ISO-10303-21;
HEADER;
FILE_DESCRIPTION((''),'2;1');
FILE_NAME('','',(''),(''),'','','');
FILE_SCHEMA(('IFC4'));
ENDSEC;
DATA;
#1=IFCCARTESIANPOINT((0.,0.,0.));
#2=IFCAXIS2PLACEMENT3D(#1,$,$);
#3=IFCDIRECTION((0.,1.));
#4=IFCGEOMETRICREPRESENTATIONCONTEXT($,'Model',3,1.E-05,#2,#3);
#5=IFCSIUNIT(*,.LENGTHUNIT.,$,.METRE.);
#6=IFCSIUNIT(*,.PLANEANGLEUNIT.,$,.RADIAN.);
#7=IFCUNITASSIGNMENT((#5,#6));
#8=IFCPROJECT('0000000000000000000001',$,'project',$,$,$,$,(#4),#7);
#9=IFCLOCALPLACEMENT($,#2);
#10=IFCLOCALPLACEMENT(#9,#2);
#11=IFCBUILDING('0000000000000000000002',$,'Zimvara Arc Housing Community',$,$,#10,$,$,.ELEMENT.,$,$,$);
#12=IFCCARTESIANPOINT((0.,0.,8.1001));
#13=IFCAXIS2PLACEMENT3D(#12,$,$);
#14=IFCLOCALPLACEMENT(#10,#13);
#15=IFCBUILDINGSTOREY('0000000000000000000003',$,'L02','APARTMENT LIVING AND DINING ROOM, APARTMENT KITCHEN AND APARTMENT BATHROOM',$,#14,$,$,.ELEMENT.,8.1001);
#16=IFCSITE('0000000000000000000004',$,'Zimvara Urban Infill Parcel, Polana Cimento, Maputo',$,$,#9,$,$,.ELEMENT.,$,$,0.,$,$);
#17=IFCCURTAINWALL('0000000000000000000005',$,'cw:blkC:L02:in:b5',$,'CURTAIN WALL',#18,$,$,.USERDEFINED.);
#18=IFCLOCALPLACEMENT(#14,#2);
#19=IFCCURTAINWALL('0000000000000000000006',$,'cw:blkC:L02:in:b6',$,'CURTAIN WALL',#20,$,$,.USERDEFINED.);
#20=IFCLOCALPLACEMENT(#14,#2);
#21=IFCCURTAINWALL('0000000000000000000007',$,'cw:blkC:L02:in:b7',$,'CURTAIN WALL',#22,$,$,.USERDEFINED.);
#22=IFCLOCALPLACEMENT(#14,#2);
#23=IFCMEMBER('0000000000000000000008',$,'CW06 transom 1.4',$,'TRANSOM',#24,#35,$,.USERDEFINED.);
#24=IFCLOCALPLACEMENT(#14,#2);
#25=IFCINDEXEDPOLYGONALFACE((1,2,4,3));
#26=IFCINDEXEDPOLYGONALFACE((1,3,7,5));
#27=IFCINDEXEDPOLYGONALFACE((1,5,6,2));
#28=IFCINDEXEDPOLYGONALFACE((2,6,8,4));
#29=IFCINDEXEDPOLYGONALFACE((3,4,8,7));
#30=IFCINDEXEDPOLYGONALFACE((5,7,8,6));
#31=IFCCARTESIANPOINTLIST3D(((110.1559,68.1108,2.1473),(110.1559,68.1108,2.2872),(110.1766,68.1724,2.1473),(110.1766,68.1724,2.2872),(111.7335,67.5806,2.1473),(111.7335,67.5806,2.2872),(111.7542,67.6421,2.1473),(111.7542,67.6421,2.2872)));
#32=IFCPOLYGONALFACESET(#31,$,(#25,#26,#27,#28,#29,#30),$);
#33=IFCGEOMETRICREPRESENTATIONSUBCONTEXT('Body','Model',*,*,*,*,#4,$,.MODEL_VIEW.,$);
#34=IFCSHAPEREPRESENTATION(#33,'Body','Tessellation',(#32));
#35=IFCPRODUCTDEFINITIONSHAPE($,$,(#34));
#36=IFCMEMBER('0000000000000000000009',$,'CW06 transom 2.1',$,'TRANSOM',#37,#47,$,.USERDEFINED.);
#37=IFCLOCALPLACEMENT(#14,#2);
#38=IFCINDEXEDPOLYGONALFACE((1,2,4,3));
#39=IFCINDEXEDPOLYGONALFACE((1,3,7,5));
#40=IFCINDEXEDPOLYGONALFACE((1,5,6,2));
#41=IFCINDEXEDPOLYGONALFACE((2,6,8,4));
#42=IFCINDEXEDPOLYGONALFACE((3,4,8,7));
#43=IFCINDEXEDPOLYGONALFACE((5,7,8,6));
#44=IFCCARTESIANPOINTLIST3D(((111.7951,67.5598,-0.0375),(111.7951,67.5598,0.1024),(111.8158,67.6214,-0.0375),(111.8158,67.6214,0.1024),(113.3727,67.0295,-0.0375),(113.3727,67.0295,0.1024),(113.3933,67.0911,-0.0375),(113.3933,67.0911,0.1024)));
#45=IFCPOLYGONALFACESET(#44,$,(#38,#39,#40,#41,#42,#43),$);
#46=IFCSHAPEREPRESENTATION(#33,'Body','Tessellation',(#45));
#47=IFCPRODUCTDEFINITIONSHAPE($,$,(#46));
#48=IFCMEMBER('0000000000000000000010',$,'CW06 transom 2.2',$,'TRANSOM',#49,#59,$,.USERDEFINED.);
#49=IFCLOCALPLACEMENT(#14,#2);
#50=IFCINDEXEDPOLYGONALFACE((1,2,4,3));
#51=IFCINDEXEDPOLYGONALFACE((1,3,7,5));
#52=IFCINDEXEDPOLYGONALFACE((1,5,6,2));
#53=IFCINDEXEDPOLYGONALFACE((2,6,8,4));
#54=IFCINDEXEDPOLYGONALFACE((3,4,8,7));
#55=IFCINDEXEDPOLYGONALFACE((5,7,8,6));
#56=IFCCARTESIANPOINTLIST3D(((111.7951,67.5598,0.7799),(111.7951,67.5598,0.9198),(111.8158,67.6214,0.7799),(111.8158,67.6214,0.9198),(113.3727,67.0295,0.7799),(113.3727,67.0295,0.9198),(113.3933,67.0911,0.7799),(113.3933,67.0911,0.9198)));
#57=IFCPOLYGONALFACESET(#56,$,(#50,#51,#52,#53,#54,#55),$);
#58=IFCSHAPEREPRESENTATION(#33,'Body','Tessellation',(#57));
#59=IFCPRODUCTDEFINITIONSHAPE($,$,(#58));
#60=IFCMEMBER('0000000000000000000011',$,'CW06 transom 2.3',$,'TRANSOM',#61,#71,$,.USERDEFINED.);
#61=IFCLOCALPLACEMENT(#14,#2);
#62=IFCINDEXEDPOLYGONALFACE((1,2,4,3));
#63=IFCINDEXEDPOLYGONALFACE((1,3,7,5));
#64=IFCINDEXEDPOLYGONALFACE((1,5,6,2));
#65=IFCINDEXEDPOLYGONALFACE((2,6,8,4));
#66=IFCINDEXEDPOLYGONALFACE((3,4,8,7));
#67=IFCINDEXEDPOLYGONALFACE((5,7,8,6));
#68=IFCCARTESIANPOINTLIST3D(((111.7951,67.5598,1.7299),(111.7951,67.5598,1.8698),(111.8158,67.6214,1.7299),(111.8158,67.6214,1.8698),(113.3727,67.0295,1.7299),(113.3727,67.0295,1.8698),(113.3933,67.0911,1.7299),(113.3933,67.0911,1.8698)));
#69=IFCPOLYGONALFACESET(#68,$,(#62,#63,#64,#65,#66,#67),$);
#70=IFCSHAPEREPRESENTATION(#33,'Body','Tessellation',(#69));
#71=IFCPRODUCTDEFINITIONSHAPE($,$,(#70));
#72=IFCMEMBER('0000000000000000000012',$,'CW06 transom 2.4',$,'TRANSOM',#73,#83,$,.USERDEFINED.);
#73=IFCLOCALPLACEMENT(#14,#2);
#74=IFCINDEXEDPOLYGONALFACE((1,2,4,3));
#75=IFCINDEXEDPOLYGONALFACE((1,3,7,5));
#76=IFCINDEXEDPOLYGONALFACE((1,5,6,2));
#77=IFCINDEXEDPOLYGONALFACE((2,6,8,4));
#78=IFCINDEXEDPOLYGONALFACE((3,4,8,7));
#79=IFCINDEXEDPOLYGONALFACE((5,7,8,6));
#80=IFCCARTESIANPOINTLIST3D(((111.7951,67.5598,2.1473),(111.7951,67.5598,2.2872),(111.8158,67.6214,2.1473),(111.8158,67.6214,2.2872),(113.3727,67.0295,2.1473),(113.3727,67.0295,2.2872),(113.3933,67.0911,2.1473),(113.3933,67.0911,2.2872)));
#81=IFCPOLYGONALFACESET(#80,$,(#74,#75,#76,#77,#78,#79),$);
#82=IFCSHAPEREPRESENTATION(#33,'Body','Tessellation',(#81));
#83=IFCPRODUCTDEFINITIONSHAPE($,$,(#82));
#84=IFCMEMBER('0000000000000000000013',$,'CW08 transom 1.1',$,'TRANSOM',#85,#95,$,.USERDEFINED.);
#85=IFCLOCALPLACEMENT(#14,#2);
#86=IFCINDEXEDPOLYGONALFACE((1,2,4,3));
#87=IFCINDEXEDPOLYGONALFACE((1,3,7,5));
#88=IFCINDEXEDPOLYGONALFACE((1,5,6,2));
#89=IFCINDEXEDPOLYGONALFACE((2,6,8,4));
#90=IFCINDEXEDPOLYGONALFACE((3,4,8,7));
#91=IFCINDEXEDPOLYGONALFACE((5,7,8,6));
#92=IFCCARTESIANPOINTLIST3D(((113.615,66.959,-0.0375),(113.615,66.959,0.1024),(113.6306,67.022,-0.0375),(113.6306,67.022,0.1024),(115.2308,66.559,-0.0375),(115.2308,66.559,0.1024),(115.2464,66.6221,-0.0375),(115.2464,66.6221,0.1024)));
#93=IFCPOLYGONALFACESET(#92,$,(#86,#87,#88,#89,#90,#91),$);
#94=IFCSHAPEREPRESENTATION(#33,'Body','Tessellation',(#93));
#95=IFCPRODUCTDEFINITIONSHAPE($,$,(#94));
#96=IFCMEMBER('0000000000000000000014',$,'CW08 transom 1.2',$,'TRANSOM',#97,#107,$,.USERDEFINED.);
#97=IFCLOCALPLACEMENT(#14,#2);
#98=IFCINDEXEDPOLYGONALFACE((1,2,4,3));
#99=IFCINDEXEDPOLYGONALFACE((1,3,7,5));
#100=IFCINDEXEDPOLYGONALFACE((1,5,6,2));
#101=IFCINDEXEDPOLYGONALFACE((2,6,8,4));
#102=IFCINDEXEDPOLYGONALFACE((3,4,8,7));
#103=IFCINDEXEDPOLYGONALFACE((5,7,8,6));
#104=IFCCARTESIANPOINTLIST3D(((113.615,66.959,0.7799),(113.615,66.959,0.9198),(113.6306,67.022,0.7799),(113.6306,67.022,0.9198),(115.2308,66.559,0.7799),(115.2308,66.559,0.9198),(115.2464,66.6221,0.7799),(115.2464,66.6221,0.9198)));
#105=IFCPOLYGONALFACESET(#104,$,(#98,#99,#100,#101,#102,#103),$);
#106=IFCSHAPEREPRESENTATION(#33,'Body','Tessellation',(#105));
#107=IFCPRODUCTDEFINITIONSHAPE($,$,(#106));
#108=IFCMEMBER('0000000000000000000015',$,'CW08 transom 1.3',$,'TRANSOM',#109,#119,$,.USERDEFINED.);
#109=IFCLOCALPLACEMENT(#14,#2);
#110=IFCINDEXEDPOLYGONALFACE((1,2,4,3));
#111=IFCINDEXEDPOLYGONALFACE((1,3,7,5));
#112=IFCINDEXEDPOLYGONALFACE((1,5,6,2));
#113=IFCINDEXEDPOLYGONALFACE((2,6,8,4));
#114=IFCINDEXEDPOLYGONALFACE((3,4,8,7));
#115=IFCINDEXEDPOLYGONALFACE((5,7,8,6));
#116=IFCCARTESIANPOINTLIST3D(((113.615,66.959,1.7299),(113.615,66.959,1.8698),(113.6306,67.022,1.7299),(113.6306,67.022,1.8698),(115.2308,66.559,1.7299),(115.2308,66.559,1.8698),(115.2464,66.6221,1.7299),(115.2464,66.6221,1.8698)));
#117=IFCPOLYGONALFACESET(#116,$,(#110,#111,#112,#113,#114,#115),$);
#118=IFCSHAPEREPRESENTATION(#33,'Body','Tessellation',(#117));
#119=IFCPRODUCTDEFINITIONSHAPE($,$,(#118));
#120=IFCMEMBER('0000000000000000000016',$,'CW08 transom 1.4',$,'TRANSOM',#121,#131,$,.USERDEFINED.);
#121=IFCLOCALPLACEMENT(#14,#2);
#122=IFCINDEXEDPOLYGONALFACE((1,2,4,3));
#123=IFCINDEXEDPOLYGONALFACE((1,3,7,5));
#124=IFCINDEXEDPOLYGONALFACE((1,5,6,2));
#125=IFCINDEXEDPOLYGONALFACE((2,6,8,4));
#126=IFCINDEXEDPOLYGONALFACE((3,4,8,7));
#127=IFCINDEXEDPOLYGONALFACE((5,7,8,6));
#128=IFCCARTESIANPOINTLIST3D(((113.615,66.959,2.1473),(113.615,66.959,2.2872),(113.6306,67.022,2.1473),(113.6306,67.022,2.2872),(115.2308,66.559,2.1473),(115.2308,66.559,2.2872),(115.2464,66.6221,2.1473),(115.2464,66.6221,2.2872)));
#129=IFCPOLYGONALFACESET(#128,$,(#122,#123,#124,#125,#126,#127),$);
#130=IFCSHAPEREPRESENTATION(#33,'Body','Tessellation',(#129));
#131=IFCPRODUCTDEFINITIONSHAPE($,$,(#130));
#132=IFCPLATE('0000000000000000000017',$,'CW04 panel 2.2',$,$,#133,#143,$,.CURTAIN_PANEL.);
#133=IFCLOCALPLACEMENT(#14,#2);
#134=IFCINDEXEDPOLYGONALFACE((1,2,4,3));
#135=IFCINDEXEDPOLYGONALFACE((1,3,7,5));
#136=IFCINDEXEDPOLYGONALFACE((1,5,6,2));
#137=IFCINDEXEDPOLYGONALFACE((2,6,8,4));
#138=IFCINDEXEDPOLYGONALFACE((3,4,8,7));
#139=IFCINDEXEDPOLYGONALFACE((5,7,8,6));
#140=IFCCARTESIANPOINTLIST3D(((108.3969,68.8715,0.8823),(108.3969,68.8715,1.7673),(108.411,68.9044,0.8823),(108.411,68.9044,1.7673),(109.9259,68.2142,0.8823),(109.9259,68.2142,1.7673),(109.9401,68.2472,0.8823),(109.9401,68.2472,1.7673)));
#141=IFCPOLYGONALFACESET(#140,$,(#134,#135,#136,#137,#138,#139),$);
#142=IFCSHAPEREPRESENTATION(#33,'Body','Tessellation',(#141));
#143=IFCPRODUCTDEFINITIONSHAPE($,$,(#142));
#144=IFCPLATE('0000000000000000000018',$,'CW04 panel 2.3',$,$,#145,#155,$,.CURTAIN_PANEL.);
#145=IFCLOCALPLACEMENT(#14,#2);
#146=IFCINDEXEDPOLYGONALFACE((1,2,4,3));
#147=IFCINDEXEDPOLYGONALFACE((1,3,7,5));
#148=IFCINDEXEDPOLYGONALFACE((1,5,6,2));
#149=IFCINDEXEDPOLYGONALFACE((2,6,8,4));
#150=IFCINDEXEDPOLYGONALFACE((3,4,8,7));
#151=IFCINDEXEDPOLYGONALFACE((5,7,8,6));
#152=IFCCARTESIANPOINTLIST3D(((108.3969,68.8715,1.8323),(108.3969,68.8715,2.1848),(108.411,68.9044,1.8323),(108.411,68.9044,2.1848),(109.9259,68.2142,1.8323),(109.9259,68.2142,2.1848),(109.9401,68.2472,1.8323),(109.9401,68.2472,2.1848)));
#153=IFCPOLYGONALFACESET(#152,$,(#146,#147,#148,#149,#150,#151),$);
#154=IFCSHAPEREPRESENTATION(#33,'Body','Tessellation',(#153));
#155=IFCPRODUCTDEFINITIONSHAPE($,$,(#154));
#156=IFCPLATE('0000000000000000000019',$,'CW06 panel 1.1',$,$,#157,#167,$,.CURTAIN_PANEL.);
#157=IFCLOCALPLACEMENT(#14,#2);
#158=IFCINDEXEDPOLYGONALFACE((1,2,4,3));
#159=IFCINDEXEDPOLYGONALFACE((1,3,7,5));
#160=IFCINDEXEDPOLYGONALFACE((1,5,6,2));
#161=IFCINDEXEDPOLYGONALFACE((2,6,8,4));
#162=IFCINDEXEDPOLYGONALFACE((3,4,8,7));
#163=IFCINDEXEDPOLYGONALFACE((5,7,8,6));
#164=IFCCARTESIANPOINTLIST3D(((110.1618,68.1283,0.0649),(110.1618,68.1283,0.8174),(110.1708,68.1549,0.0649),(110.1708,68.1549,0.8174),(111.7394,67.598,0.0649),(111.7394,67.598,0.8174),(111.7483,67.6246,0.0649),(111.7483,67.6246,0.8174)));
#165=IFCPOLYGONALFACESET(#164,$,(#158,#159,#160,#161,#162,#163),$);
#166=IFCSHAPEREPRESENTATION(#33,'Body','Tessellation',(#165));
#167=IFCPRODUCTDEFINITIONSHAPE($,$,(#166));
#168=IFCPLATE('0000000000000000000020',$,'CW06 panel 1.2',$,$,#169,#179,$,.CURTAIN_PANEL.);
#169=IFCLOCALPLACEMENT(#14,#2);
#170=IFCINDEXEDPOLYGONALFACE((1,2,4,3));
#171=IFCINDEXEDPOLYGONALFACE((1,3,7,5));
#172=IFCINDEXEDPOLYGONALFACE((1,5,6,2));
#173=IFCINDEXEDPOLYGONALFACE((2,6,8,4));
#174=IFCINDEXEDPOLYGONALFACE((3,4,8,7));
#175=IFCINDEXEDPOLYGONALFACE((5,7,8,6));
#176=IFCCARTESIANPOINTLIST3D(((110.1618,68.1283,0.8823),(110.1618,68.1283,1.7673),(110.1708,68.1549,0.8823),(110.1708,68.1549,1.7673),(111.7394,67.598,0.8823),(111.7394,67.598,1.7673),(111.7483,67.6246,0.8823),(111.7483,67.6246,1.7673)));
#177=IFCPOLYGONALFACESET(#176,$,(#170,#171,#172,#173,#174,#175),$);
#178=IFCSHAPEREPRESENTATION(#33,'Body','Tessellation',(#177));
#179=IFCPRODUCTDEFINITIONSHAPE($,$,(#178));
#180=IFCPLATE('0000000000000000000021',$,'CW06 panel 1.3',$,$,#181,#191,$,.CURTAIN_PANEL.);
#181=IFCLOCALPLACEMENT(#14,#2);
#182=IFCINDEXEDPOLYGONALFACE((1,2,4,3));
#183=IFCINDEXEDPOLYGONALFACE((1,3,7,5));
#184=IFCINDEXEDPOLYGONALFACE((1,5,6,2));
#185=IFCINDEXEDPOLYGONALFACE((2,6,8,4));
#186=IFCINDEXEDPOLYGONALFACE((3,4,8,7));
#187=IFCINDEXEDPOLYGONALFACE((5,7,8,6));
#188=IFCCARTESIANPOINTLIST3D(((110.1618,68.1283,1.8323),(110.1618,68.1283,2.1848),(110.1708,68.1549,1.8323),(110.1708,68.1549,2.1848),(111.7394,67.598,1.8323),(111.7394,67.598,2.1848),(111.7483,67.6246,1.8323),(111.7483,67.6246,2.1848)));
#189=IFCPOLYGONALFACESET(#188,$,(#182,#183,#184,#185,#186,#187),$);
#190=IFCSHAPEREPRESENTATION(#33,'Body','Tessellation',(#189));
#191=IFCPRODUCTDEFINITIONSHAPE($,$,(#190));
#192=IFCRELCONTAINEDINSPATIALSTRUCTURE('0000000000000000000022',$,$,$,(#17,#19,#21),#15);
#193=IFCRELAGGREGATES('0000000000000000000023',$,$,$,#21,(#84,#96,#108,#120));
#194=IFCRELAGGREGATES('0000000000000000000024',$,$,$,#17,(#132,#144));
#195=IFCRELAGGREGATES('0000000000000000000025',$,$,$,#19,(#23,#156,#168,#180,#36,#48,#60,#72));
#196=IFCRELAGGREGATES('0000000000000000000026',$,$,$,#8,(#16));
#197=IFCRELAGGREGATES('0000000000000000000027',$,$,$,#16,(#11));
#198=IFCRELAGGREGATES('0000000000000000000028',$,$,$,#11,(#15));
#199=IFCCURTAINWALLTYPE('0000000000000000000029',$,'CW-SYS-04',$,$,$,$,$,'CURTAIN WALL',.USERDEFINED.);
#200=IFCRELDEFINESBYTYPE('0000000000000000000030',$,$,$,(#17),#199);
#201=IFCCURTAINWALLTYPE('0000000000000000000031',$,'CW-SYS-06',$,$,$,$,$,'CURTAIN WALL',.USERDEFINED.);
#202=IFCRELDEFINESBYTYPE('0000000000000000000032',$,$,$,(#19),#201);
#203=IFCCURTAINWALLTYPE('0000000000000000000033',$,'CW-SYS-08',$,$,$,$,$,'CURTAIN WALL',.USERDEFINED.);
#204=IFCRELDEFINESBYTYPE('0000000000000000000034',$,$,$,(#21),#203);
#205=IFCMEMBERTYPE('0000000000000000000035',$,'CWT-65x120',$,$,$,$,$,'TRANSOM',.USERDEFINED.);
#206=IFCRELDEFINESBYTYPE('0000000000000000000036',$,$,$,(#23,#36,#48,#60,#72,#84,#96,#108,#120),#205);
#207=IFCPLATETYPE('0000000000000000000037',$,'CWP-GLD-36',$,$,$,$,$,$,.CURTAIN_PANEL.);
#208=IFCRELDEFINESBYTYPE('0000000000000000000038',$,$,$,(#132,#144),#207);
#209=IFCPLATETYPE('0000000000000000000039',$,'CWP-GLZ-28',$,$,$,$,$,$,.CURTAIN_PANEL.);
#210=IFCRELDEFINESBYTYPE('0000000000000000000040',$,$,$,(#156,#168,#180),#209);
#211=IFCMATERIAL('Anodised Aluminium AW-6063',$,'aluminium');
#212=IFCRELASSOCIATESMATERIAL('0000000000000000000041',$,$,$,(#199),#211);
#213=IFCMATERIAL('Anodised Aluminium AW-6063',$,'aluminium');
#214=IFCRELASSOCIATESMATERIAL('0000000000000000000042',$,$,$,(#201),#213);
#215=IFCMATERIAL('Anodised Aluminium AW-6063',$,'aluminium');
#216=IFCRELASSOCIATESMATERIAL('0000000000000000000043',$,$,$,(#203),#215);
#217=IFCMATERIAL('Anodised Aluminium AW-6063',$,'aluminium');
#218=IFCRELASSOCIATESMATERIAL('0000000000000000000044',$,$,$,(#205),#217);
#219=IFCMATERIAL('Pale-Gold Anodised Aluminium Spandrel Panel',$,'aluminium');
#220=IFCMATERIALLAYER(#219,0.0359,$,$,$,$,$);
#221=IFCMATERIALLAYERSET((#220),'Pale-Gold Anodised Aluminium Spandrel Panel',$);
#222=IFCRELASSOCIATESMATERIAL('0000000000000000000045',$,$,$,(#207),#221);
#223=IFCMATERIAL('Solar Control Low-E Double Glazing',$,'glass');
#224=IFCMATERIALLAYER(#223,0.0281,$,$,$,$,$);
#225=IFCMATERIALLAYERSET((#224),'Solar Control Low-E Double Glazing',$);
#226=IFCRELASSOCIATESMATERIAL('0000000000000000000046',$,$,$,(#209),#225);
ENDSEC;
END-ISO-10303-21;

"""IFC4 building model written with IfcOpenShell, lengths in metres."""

from ifc_helpers import new_model, si_unit, direction, frame, origin, origin_2d, place, context, subcontext, project, spatial, rectangle, extrude, material, layer, layer_set, material_profile, profile_set, type_object, element, aggregate, save


model = new_model("IFC4")

# Units and contexts
model_context = context("Model", 3, precision=1e-05, world=origin(), true_north=direction((0.0, 1.0)))
body_context = subcontext(model_context, "Body", "Model", "MODEL_VIEW")
ifc_project = project(units=[si_unit("LENGTHUNIT", "METRE"), si_unit("PLANEANGLEUNIT", "RADIAN")], contexts=[model_context])

# Site, building, storey
site_placement = place(None, origin())
site = spatial("IfcSite", under=ifc_project, at=site_placement, Name="Zimvara Urban Infill Parcel, Polana Cimento, Maputo", CompositionType="ELEMENT", RefElevation=0.0)
building_placement = place(site_placement, origin())
building = spatial("IfcBuilding", under=site, at=building_placement, Name="Zimvara Arc Housing Community", CompositionType="ELEMENT")
storey_placement = place(building_placement, frame((0.0, 0.0, 8.1001)))
storey = spatial("IfcBuildingStorey", under=building, at=storey_placement, Name="L02", Description="APARTMENT LIVING AND DINING ROOM, APARTMENT KITCHEN AND APARTMENT BATHROOM", CompositionType="ELEMENT", Elevation=8.1001)

# Curtain wall
ifc_material_1 = material(Name="Anodised Aluminium AW-6063", Category="aluminium")
curtain_wall_type_1 = type_object("IfcCurtainWallType", Name="CW-SYS-04", ElementType="CURTAIN WALL", PredefinedType="USERDEFINED", material=ifc_material_1)
curtain_wall_1_placement = place(storey_placement, origin())
curtain_wall_1 = element("IfcCurtainWall", 1, at=curtain_wall_1_placement, inside=storey, type_object=curtain_wall_type_1, Name="cw:blkC:L02:in:b5", ObjectType="CURTAIN WALL", PredefinedType="USERDEFINED")

# Curtain wall
ifc_material_2 = material(Name="Anodised Aluminium AW-6063", Category="aluminium")
curtain_wall_type_2 = type_object("IfcCurtainWallType", Name="CW-SYS-06", ElementType="CURTAIN WALL", PredefinedType="USERDEFINED", material=ifc_material_2)
curtain_wall_2_placement = place(storey_placement, origin())
curtain_wall_2 = element("IfcCurtainWall", 2, at=curtain_wall_2_placement, inside=storey, type_object=curtain_wall_type_2, Name="cw:blkC:L02:in:b6", ObjectType="CURTAIN WALL", PredefinedType="USERDEFINED")

# Curtain wall
ifc_material_3 = material(Name="Anodised Aluminium AW-6063", Category="aluminium")
curtain_wall_type_3 = type_object("IfcCurtainWallType", Name="CW-SYS-08", ElementType="CURTAIN WALL", PredefinedType="USERDEFINED", material=ifc_material_3)
curtain_wall_3_placement = place(storey_placement, origin())
curtain_wall_3 = element("IfcCurtainWall", 3, at=curtain_wall_3_placement, inside=storey, type_object=curtain_wall_type_3, Name="cw:blkC:L02:in:b7", ObjectType="CURTAIN WALL", PredefinedType="USERDEFINED")

# Members
ifc_material_4 = material(Name="Anodised Aluminium AW-6063", Category="aluminium")
ifc_material_profile_1 = material_profile(ifc_material_4, rectangle(XDim=0.0649, YDim=0.1399, at=origin_2d()), Name="ALU 65x140")
ifc_profile_set_1 = profile_set([ifc_material_profile_1], Name="Anodised Aluminium AW-6063")
member_type_1 = type_object("IfcMemberType", Name="CWT-65x120", ElementType="TRANSOM", PredefinedType="USERDEFINED", material=ifc_profile_set_1)
member_1_placement = place(storey_placement, frame((110.1663, 68.1416, 2.2173), z_axis=(0.947888, -0.318603, 0.0), x_axis=(0.318603, 0.947888, 0.0)))
member_1 = element("IfcMember", 4, at=member_1_placement, type_object=member_type_1, Name="CW06 transom 1.4", ObjectType="TRANSOM", PredefinedType="USERDEFINED", context=body_context, shape_type="SweptSolid", body=[
    extrude(rectangle(XDim=0.0649, YDim=0.1399, at=origin_2d()), origin(), (0.0, 0.0, 1.0), 1.6643),
])
member_2_placement = place(storey_placement, frame((111.8054, 67.5906, 0.0325), z_axis=(0.947888, -0.318603, 0.0), x_axis=(0.318603, 0.947888, 0.0)))
member_2 = element("IfcMember", 5, at=member_2_placement, type_object=member_type_1, Name="CW06 transom 2.1", ObjectType="TRANSOM", PredefinedType="USERDEFINED", context=body_context, shape_type="SweptSolid", body=[
    extrude(rectangle(XDim=0.0649, YDim=0.1399, at=origin_2d()), origin(), (0.0, 0.0, 1.0), 1.6643),
])
member_3_placement = place(storey_placement, frame((111.8054, 67.5906, 0.8499), z_axis=(0.947888, -0.318603, 0.0), x_axis=(0.318603, 0.947888, 0.0)))
member_3 = element("IfcMember", 6, at=member_3_placement, type_object=member_type_1, Name="CW06 transom 2.2", ObjectType="TRANSOM", PredefinedType="USERDEFINED", context=body_context, shape_type="SweptSolid", body=[
    extrude(rectangle(XDim=0.0649, YDim=0.1399, at=origin_2d()), origin(), (0.0, 0.0, 1.0), 1.6643),
])
member_4_placement = place(storey_placement, frame((111.8054, 67.5906, 1.7998), z_axis=(0.947888, -0.318603, 0.0), x_axis=(0.318603, 0.947888, 0.0)))
member_4 = element("IfcMember", 7, at=member_4_placement, type_object=member_type_1, Name="CW06 transom 2.3", ObjectType="TRANSOM", PredefinedType="USERDEFINED", context=body_context, shape_type="SweptSolid", body=[
    extrude(rectangle(XDim=0.0649, YDim=0.1399, at=origin_2d()), origin(), (0.0, 0.0, 1.0), 1.6643),
])
member_5_placement = place(storey_placement, frame((111.8054, 67.5906, 2.2173), z_axis=(0.947888, -0.318603, 0.0), x_axis=(0.318603, 0.947888, 0.0)))
member_5 = element("IfcMember", 8, at=member_5_placement, type_object=member_type_1, Name="CW06 transom 2.4", ObjectType="TRANSOM", PredefinedType="USERDEFINED", context=body_context, shape_type="SweptSolid", body=[
    extrude(rectangle(XDim=0.0649, YDim=0.1399, at=origin_2d()), origin(), (0.0, 0.0, 1.0), 1.6643),
])
member_6_placement = place(storey_placement, frame((113.6228, 66.9905, 0.0325), z_axis=(0.970709, -0.240257, 0.0), x_axis=(0.240257, 0.970709, 0.0)))
member_6 = element("IfcMember", 9, at=member_6_placement, type_object=member_type_1, Name="CW08 transom 1.1", ObjectType="TRANSOM", PredefinedType="USERDEFINED", context=body_context, shape_type="SweptSolid", body=[
    extrude(rectangle(XDim=0.0649, YDim=0.1399, at=origin_2d()), origin(), (0.0, 0.0, 1.0), 1.6646),
])
member_7_placement = place(storey_placement, frame((113.6228, 66.9905, 0.8499), z_axis=(0.970709, -0.240257, 0.0), x_axis=(0.240257, 0.970709, 0.0)))
member_7 = element("IfcMember", 10, at=member_7_placement, type_object=member_type_1, Name="CW08 transom 1.2", ObjectType="TRANSOM", PredefinedType="USERDEFINED", context=body_context, shape_type="SweptSolid", body=[
    extrude(rectangle(XDim=0.0649, YDim=0.1399, at=origin_2d()), origin(), (0.0, 0.0, 1.0), 1.6646),
])
member_8_placement = place(storey_placement, frame((113.6228, 66.9905, 1.7998), z_axis=(0.970709, -0.240257, 0.0), x_axis=(0.240257, 0.970709, 0.0)))
member_8 = element("IfcMember", 11, at=member_8_placement, type_object=member_type_1, Name="CW08 transom 1.3", ObjectType="TRANSOM", PredefinedType="USERDEFINED", context=body_context, shape_type="SweptSolid", body=[
    extrude(rectangle(XDim=0.0649, YDim=0.1399, at=origin_2d()), origin(), (0.0, 0.0, 1.0), 1.6646),
])
member_9_placement = place(storey_placement, frame((113.6228, 66.9905, 2.2173), z_axis=(0.970709, -0.240257, 0.0), x_axis=(0.240257, 0.970709, 0.0)))
member_9 = element("IfcMember", 12, at=member_9_placement, type_object=member_type_1, Name="CW08 transom 1.4", ObjectType="TRANSOM", PredefinedType="USERDEFINED", context=body_context, shape_type="SweptSolid", body=[
    extrude(rectangle(XDim=0.0649, YDim=0.1399, at=origin_2d()), origin(), (0.0, 0.0, 1.0), 1.6646),
])
aggregate(curtain_wall_3, [member_6, member_7, member_8, member_9])

# Plates
ifc_material_5 = material(Name="Pale-Gold Anodised Aluminium Spandrel Panel", Category="aluminium")
ifc_layer_1 = layer(ifc_material_5, 0.0359)
ifc_layer_set_1 = layer_set([ifc_layer_1], Name="Pale-Gold Anodised Aluminium Spandrel Panel")
plate_type_1 = type_object("IfcPlateType", Name="CWP-GLD-36", PredefinedType="CURTAIN_PANEL", material=ifc_layer_set_1)
plate_1_placement = place(storey_placement, frame((109.1685, 68.5593, 0.8823), z_axis=(0.0, 0.0, 1.0), x_axis=(0.918722, -0.394904, 0.0)))
plate_1 = element("IfcPlate", 13, at=plate_1_placement, type_object=plate_type_1, Name="CW04 panel 2.2", PredefinedType="CURTAIN_PANEL", context=body_context, shape_type="SweptSolid", body=[
    extrude(rectangle(XDim=1.6643, YDim=0.0359, at=origin_2d()), origin(), (0.0, 0.0, 1.0), 0.885),
])
plate_2_placement = place(storey_placement, frame((109.1685, 68.5593, 1.8323), z_axis=(0.0, 0.0, 1.0), x_axis=(0.918722, -0.394904, 0.0)))
plate_2 = element("IfcPlate", 14, at=plate_2_placement, type_object=plate_type_1, Name="CW04 panel 2.3", PredefinedType="CURTAIN_PANEL", context=body_context, shape_type="SweptSolid", body=[
    extrude(rectangle(XDim=1.6643, YDim=0.0359, at=origin_2d()), origin(), (0.0, 0.0, 1.0), 0.3525),
])
aggregate(curtain_wall_1, [plate_1, plate_2])
ifc_material_6 = material(Name="Solar Control Low-E Double Glazing", Category="glass")
ifc_layer_2 = layer(ifc_material_6, 0.0281)
ifc_layer_set_2 = layer_set([ifc_layer_2], Name="Solar Control Low-E Double Glazing")
plate_type_2 = type_object("IfcPlateType", Name="CWP-GLZ-28", PredefinedType="CURTAIN_PANEL", material=ifc_layer_set_2)
plate_3_placement = place(storey_placement, frame((110.9551, 67.8765, 0.0649), z_axis=(0.0, 0.0, 1.0), x_axis=(0.947879, -0.31863, 0.0)))
plate_3 = element("IfcPlate", 15, at=plate_3_placement, type_object=plate_type_2, Name="CW06 panel 1.1", PredefinedType="CURTAIN_PANEL", context=body_context, shape_type="SweptSolid", body=[
    extrude(rectangle(XDim=1.6643, YDim=0.0281, at=origin_2d()), origin(), (0.0, 0.0, 1.0), 0.7524),
])
plate_4_placement = place(storey_placement, frame((110.9551, 67.8765, 0.8823), z_axis=(0.0, 0.0, 1.0), x_axis=(0.947879, -0.31863, 0.0)))
plate_4 = element("IfcPlate", 16, at=plate_4_placement, type_object=plate_type_2, Name="CW06 panel 1.2", PredefinedType="CURTAIN_PANEL", context=body_context, shape_type="SweptSolid", body=[
    extrude(rectangle(XDim=1.6643, YDim=0.0281, at=origin_2d()), origin(), (0.0, 0.0, 1.0), 0.885),
])
plate_5_placement = place(storey_placement, frame((110.9551, 67.8765, 1.8323), z_axis=(0.0, 0.0, 1.0), x_axis=(0.947879, -0.31863, 0.0)))
plate_5 = element("IfcPlate", 17, at=plate_5_placement, type_object=plate_type_2, Name="CW06 panel 1.3", PredefinedType="CURTAIN_PANEL", context=body_context, shape_type="SweptSolid", body=[
    extrude(rectangle(XDim=1.6643, YDim=0.0281, at=origin_2d()), origin(), (0.0, 0.0, 1.0), 0.3525),
])
aggregate(curtain_wall_2, [member_1, plate_3, plate_4, plate_5, member_2, member_3, member_4, member_5])

save(model, "model.ifc")
